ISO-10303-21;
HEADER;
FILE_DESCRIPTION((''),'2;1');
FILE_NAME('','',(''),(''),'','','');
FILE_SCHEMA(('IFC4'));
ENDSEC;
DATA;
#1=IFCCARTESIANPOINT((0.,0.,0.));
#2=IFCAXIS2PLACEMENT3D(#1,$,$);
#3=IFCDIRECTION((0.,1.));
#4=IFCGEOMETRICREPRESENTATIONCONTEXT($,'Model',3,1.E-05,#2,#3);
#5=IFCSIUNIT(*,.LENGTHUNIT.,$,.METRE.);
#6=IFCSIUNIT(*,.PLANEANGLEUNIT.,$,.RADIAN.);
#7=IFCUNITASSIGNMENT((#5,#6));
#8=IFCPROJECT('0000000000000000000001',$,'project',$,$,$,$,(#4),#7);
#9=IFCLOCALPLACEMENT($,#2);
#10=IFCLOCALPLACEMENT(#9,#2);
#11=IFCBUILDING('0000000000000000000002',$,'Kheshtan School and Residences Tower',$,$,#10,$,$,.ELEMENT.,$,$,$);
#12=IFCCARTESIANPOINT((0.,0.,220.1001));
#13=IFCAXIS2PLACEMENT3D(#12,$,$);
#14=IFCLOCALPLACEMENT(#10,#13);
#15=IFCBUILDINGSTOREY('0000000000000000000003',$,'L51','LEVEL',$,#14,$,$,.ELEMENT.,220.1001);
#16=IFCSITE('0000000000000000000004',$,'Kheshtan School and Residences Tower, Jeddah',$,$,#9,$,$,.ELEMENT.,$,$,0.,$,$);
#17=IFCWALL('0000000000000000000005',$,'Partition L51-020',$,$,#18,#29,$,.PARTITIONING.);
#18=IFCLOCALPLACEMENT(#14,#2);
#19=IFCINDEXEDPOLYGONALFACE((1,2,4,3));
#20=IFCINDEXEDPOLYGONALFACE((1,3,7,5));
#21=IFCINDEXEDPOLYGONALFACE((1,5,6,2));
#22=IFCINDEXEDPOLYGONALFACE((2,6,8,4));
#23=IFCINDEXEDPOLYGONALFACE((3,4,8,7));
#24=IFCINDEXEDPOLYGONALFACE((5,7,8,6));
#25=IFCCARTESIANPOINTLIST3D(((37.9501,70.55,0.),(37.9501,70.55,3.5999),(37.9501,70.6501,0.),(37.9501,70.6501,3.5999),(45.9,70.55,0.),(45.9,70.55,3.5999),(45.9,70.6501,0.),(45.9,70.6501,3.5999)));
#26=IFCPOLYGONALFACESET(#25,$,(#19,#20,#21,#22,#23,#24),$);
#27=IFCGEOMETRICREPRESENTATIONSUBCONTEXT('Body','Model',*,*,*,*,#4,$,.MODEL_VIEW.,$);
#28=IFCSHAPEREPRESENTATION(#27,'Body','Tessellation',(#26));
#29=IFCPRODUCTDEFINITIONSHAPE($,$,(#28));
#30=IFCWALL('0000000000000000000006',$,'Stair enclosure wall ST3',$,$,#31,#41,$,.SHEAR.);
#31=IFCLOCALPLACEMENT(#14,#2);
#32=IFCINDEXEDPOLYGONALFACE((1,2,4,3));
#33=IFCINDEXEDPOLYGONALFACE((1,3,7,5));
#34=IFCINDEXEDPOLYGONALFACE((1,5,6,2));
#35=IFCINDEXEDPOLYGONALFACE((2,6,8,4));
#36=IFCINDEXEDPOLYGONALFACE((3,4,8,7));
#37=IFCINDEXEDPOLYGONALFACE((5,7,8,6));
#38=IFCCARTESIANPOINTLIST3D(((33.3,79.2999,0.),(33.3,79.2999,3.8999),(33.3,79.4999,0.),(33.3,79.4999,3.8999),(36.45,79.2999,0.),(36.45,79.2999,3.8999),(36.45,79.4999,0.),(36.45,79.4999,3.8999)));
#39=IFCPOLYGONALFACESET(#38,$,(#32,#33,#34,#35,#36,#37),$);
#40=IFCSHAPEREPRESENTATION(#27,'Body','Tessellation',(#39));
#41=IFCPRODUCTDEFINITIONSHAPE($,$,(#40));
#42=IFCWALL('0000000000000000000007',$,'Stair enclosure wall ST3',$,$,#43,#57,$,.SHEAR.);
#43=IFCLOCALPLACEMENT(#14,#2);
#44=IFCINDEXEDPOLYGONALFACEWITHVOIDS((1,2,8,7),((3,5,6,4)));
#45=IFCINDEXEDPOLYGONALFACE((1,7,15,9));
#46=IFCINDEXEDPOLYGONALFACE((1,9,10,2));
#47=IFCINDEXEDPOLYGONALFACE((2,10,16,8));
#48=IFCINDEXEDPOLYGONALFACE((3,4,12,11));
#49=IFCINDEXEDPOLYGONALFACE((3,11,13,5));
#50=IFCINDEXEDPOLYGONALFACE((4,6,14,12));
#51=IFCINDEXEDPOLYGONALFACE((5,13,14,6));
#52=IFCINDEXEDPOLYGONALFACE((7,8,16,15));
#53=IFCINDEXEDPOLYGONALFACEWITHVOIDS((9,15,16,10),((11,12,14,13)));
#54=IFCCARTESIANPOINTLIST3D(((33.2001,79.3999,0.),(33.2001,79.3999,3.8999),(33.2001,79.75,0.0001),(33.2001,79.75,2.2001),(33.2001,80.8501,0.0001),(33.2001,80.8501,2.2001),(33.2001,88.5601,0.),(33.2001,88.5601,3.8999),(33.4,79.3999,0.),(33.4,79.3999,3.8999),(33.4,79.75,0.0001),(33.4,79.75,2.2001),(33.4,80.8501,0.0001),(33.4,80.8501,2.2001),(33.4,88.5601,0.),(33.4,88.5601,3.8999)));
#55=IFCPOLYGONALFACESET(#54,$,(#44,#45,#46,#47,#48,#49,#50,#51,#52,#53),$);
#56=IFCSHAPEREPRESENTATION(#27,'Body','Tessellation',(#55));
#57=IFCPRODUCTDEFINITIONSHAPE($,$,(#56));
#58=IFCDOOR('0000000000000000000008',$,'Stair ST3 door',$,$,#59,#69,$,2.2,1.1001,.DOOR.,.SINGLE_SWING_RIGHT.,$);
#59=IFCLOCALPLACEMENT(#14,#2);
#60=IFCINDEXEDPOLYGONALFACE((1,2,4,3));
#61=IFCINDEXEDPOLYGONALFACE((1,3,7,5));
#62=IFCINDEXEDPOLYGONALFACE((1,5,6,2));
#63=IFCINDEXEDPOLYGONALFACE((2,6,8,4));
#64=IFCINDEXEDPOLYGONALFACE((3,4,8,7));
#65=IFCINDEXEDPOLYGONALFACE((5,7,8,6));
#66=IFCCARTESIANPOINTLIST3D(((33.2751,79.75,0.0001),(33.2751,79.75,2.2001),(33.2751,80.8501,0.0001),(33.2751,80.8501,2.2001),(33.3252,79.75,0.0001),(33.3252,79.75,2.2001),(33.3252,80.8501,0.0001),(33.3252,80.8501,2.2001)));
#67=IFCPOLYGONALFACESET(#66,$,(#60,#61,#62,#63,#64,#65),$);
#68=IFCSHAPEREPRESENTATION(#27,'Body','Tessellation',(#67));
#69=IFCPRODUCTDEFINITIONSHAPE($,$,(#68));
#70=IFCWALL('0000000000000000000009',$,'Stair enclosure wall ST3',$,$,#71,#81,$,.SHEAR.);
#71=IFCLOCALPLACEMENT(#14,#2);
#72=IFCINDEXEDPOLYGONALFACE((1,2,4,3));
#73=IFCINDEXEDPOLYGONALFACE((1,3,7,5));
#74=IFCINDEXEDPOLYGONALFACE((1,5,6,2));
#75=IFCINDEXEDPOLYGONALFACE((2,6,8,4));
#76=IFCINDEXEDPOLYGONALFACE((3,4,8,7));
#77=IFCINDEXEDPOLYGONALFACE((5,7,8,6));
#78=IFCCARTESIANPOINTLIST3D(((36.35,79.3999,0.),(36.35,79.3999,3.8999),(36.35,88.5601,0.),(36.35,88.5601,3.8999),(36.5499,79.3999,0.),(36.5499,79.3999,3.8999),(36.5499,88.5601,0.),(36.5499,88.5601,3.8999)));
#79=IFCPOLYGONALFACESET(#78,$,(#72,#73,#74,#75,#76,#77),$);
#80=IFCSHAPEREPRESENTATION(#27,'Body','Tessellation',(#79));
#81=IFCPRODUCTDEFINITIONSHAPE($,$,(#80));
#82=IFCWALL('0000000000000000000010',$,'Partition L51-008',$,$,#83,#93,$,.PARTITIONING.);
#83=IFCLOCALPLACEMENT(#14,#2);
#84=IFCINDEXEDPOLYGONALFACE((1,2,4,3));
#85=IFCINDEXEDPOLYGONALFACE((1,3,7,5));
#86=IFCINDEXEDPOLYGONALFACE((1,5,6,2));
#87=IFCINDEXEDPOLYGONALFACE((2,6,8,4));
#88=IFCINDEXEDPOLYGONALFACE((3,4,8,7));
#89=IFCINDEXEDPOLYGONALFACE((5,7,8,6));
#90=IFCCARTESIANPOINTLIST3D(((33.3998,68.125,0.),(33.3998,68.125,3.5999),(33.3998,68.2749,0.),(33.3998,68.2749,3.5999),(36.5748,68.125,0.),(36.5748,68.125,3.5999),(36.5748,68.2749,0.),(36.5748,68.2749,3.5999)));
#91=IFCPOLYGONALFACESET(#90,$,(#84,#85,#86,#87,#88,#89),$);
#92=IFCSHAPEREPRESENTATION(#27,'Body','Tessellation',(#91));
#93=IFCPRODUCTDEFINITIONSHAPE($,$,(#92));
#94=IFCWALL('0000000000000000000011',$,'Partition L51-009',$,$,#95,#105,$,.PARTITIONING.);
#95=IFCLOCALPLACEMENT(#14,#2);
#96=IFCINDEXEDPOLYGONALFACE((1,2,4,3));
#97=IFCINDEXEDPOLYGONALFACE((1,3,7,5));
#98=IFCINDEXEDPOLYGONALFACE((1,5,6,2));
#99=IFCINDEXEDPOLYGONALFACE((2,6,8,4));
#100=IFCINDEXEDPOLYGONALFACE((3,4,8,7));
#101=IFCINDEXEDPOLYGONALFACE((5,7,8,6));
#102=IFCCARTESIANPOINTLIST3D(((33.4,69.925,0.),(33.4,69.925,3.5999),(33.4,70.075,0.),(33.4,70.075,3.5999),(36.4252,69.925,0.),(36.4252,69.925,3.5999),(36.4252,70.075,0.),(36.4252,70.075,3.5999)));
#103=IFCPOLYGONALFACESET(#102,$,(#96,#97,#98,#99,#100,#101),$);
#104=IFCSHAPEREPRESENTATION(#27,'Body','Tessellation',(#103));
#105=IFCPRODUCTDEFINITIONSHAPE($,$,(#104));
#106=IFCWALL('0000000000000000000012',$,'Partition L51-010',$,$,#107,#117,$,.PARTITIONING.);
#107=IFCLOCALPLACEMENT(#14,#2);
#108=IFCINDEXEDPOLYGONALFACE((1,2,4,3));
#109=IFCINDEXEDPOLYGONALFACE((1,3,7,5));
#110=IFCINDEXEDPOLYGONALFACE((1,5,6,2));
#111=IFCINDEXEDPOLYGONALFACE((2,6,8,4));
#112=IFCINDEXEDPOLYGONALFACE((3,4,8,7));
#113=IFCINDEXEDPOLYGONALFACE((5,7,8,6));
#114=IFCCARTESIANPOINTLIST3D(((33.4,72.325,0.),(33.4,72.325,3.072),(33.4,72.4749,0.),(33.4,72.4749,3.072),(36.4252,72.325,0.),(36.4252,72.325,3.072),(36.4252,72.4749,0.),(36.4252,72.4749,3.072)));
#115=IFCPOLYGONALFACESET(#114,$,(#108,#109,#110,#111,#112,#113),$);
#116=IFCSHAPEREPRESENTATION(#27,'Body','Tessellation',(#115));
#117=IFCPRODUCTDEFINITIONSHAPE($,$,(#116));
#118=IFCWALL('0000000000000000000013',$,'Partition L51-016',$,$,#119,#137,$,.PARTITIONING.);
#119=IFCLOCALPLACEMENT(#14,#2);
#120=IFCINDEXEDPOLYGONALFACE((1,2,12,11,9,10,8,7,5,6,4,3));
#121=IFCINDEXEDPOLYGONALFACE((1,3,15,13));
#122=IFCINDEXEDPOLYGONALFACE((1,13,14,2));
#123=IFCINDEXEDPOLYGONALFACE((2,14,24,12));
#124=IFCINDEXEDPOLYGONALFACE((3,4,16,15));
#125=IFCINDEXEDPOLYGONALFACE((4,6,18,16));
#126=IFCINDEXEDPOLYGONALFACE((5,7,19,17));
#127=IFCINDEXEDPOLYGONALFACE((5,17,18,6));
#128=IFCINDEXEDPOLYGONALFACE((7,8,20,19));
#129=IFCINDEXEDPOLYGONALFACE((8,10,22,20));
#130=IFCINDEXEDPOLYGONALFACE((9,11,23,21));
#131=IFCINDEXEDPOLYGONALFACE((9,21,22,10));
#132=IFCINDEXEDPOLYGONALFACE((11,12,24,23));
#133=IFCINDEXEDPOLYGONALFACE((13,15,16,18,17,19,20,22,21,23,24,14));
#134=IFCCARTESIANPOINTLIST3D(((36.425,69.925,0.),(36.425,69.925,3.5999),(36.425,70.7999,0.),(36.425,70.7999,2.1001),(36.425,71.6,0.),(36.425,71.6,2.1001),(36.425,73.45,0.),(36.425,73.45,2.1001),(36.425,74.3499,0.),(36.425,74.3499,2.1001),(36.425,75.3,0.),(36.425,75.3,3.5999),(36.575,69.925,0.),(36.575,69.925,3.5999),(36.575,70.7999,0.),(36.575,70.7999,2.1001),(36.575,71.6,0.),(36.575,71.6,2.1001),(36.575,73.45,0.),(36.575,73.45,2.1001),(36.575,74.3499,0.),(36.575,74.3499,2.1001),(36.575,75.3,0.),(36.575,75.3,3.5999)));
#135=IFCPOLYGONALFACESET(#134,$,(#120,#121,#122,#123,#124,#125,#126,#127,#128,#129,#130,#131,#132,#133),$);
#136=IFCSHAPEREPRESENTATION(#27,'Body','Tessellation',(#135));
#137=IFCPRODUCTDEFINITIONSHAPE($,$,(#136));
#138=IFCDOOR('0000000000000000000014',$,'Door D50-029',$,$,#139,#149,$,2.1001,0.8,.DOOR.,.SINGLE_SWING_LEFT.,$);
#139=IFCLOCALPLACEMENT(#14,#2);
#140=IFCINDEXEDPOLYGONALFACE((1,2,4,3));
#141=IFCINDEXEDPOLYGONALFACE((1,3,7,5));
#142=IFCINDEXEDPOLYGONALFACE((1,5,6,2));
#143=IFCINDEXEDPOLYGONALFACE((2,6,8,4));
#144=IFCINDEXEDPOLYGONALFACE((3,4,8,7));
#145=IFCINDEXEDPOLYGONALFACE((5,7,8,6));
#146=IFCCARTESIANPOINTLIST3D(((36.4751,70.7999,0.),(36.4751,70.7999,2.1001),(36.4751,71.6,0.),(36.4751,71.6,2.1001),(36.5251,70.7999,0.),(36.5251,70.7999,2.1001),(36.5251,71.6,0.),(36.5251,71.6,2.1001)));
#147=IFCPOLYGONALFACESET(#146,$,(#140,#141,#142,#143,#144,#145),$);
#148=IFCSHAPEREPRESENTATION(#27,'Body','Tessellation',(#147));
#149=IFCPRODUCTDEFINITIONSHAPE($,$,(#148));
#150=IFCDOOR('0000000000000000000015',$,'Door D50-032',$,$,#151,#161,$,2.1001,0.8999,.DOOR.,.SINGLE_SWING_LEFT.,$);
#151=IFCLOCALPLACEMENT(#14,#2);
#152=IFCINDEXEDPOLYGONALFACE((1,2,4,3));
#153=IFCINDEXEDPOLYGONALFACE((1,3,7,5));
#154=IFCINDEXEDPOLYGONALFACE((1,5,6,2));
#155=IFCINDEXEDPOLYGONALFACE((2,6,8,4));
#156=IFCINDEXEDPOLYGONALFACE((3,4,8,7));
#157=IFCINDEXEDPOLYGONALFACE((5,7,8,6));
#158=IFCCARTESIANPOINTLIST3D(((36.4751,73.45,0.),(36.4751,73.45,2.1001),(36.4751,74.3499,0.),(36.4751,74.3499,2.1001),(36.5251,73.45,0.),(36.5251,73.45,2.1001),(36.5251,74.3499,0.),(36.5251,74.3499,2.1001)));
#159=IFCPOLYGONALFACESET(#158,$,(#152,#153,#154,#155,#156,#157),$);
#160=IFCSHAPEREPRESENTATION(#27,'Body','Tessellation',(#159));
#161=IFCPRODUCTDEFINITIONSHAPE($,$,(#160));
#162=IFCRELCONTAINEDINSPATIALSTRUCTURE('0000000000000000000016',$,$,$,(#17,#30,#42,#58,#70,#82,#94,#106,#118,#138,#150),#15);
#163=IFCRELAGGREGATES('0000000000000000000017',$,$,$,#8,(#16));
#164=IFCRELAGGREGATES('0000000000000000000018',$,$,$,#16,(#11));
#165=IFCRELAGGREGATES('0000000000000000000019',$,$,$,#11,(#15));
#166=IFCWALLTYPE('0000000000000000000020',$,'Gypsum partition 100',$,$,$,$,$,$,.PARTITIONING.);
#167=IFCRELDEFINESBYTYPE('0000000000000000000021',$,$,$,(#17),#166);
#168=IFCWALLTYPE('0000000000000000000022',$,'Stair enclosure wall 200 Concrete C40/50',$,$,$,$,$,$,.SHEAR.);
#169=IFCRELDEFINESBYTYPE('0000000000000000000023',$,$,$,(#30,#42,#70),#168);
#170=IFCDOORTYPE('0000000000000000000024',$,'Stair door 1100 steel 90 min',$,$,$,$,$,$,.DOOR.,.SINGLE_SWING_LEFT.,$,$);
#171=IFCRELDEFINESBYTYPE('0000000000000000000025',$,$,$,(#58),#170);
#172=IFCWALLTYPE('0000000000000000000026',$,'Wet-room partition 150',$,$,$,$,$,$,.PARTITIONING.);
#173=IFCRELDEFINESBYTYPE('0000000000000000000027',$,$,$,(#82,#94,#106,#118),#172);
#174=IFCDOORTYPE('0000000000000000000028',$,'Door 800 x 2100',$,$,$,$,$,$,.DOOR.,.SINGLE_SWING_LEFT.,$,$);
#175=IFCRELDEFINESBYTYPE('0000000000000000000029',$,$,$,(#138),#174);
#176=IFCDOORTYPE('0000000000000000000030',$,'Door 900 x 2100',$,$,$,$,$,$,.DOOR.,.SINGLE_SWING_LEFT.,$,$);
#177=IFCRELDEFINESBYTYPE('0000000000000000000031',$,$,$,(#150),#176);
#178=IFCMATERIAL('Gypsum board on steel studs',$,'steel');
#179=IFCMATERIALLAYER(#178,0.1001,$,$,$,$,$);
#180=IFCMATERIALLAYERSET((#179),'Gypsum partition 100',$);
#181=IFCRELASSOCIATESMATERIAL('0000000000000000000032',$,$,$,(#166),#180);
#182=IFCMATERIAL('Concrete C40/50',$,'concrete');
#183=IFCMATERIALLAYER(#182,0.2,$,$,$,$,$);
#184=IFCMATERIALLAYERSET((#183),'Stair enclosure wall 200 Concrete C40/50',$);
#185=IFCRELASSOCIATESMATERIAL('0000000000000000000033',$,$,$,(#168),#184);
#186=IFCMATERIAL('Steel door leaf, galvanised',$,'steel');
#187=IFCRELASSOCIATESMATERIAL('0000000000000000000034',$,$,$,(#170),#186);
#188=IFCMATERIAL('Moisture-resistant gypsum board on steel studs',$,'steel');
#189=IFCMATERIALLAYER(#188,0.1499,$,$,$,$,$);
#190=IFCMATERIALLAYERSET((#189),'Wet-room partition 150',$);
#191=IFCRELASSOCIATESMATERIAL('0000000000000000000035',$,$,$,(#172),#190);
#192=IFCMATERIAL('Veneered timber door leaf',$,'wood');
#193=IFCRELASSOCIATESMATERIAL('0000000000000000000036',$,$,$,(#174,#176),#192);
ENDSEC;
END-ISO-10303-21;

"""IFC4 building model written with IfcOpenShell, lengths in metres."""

from ifc_helpers import new_model, si_unit, direction, frame, frame_2d, origin, place, context, subcontext, project, spatial, rectangle, extrude, source, transform, mapped, material, layer, layer_set, type_object, element, fill, save


model = new_model("IFC4")

# Units and contexts
model_context = context("Model", 3, precision=1e-05, world=origin(), true_north=direction((0.0, 1.0)))
body_context = subcontext(model_context, "Body", "Model", "MODEL_VIEW")
ifc_project = project(units=[si_unit("LENGTHUNIT", "METRE"), si_unit("PLANEANGLEUNIT", "RADIAN")], contexts=[model_context])

# Site, building, storey
site_placement = place(None, origin())
site = spatial("IfcSite", under=ifc_project, at=site_placement, Name="Kheshtan School and Residences Tower, Jeddah", CompositionType="ELEMENT", RefElevation=0.0)
building_placement = place(site_placement, origin())
building = spatial("IfcBuilding", under=site, at=building_placement, Name="Kheshtan School and Residences Tower", CompositionType="ELEMENT")
storey_placement = place(building_placement, frame((0.0, 0.0, 220.1001)))
storey = spatial("IfcBuildingStorey", under=building, at=storey_placement, Name="L51", Description="LEVEL", CompositionType="ELEMENT", Elevation=220.1001)

# Walls
ifc_material_1 = material(Name="Gypsum board on steel studs", Category="steel")
ifc_layer_1 = layer(ifc_material_1, 0.1001)
ifc_layer_set_1 = layer_set([ifc_layer_1], Name="Gypsum partition 100")
wall_type_1 = type_object("IfcWallType", Name="Gypsum partition 100", PredefinedType="PARTITIONING", material=ifc_layer_set_1)
wall_1_placement = place(storey_placement, frame((37.95, 70.6001, 0.0), z_axis=(0.0, 0.0, 1.0), x_axis=(1.0, 0.0, 0.0)))
element("IfcWall", 1, at=wall_1_placement, inside=storey, type_object=wall_type_1, Name="Partition L51-020", PredefinedType="PARTITIONING", context=body_context, shape_type="SweptSolid", body=[
    extrude(rectangle(XDim=7.95, YDim=0.1001, at=frame_2d((3.9751, 0.0))), origin(), (0.0, 0.0, 1.0), 3.5999),
])
ifc_material_2 = material(Name="Concrete C40/50", Category="concrete")
ifc_layer_2 = layer(ifc_material_2, 0.2)
ifc_layer_set_2 = layer_set([ifc_layer_2], Name="Stair enclosure wall 200 Concrete C40/50")
wall_type_2 = type_object("IfcWallType", Name="Stair enclosure wall 200 Concrete C40/50", PredefinedType="SHEAR", material=ifc_layer_set_2)
wall_2_placement = place(storey_placement, frame((33.3, 79.3999, 0.0), z_axis=(0.0, 0.0, 1.0), x_axis=(1.0, 0.0, 0.0)))
element("IfcWall", 2, at=wall_2_placement, inside=storey, type_object=wall_type_2, Name="Stair enclosure wall ST3", PredefinedType="SHEAR", context=body_context, shape_type="SweptSolid", body=[
    extrude(rectangle(XDim=3.1499, YDim=0.2, at=frame_2d((1.575, 0.0))), origin(), (0.0, 0.0, 1.0), 3.8999),
])

# Wall, opening, door
wall_3_placement = place(storey_placement, frame((33.3, 79.3999, 0.0), z_axis=(0.0, 0.0, 1.0), x_axis=(0.0, 1.0, 0.0)))
wall_3 = element("IfcWall", 3, at=wall_3_placement, inside=storey, type_object=wall_type_2, Name="Stair enclosure wall ST3", PredefinedType="SHEAR", context=body_context, shape_type="SweptSolid", body=[
    extrude(rectangle(XDim=9.1602, YDim=0.2, at=frame_2d((4.5801, 0.0))), origin(), (0.0, 0.0, 1.0), 3.8999),
])
opening_1_placement = place(wall_3_placement, frame((0.3501, 0.0, 0.0)))
opening_1 = element("IfcOpeningElement", 4, at=opening_1_placement, cuts=wall_3, PredefinedType="OPENING", context=body_context, shape_type="SweptSolid", body=[
    extrude(rectangle(XDim=1.1001, YDim=2.2, at=frame_2d((0.55, 1.1001))), frame((0.0, 0.1099, 0.0), z_axis=(0.0, -1.0, 0.0), x_axis=(1.0, 0.0, 0.0)), (0.0, 0.0, 1.0), 0.22),
])
ifc_material_3 = material(Name="Steel door leaf, galvanised", Category="steel")
door_type_1 = type_object("IfcDoorType", Name="Stair door 1100 steel 90 min", OperationType="SINGLE_SWING_LEFT", PredefinedType="DOOR", material=ifc_material_3)
shared_shape_1 = source(origin(), body_context, "Body", "SweptSolid", [
    extrude(rectangle(XDim=1.1001, YDim=2.2, at=frame_2d((0.55, 1.1001))), frame((0.0, 0.0249, 0.0), z_axis=(0.0, -1.0, 0.0), x_axis=(1.0, 0.0, 0.0)), (0.0, 0.0, 1.0), 0.05),
])
door_1_placement = place(opening_1_placement, origin())
door_1 = element("IfcDoor", 5, at=door_1_placement, inside=storey, type_object=door_type_1, Name="Stair ST3 door", OperationType="SINGLE_SWING_RIGHT", OverallHeight=2.2, OverallWidth=1.1001, PredefinedType="DOOR", context=body_context, shape_type="MappedRepresentation", body=[
    mapped(shared_shape_1, transform((0.0, 0.0, 0.0), x_axis=(1.0, 0.0, 0.0), y_axis=(0.0, 1.0, 0.0), z_axis=(0.0, 0.0, 1.0), scale=1.0)),
])
fill(opening_1, door_1)

# Walls
wall_4_placement = place(storey_placement, frame((36.45, 79.3999, 0.0), z_axis=(0.0, 0.0, 1.0), x_axis=(0.0, 1.0, 0.0)))
element("IfcWall", 6, at=wall_4_placement, inside=storey, type_object=wall_type_2, Name="Stair enclosure wall ST3", PredefinedType="SHEAR", context=body_context, shape_type="SweptSolid", body=[
    extrude(rectangle(XDim=9.1602, YDim=0.2, at=frame_2d((4.5801, 0.0))), origin(), (0.0, 0.0, 1.0), 3.8999),
])
ifc_material_4 = material(Name="Moisture-resistant gypsum board on steel studs", Category="steel")
ifc_layer_3 = layer(ifc_material_4, 0.1499)
ifc_layer_set_3 = layer_set([ifc_layer_3], Name="Wet-room partition 150")
wall_type_3 = type_object("IfcWallType", Name="Wet-room partition 150", PredefinedType="PARTITIONING", material=ifc_layer_set_3)
wall_5_placement = place(storey_placement, frame((33.3999, 68.2, 0.0), z_axis=(0.0, 0.0, 1.0), x_axis=(1.0, 0.0, 0.0)))
element("IfcWall", 7, at=wall_5_placement, inside=storey, type_object=wall_type_3, Name="Partition L51-008", PredefinedType="PARTITIONING", context=body_context, shape_type="SweptSolid", body=[
    extrude(rectangle(XDim=3.175, YDim=0.1499, at=frame_2d((1.5874, 0.0))), origin(), (0.0, 0.0, 1.0), 3.5999),
])
wall_6_placement = place(storey_placement, frame((33.3999, 70.0, 0.0), z_axis=(0.0, 0.0, 1.0), x_axis=(1.0, 0.0, 0.0)))
element("IfcWall", 8, at=wall_6_placement, inside=storey, type_object=wall_type_3, Name="Partition L51-009", PredefinedType="PARTITIONING", context=body_context, shape_type="SweptSolid", body=[
    extrude(rectangle(XDim=3.0251, YDim=0.1499, at=frame_2d((1.5127, 0.0))), origin(), (0.0, 0.0, 1.0), 3.5999),
])
wall_7_placement = place(storey_placement, frame((33.3999, 72.3999, 0.0), z_axis=(0.0, 0.0, 1.0), x_axis=(1.0, 0.0, 0.0)))
element("IfcWall", 9, at=wall_7_placement, inside=storey, type_object=wall_type_3, Name="Partition L51-010", PredefinedType="PARTITIONING", context=body_context, shape_type="SweptSolid", body=[
    extrude(rectangle(XDim=3.0251, YDim=0.1499, at=frame_2d((1.5127, 0.0))), origin(), (0.0, 0.0, 1.0), 3.072),
])

# Wall, openings, doors
wall_8_placement = place(storey_placement, frame((36.5, 69.925, 0.0), z_axis=(0.0, 0.0, 1.0), x_axis=(0.0, 1.0, 0.0)))
wall_8 = element("IfcWall", 10, at=wall_8_placement, inside=storey, type_object=wall_type_3, Name="Partition L51-016", PredefinedType="PARTITIONING", context=body_context, shape_type="SweptSolid", body=[
    extrude(rectangle(XDim=5.375, YDim=0.1499, at=frame_2d((2.6875, 0.0))), origin(), (0.0, 0.0, 1.0), 3.5999),
])
opening_2_placement = place(wall_8_placement, frame((0.875, 0.0, 0.0)))
opening_2 = element("IfcOpeningElement", 11, at=opening_2_placement, cuts=wall_8, PredefinedType="OPENING", context=body_context, shape_type="SweptSolid", body=[
    extrude(rectangle(XDim=0.8, YDim=2.1001, at=frame_2d((0.3999, 1.05))), frame((0.0, 0.085, 0.0), z_axis=(0.0, -1.0, 0.0), x_axis=(1.0, 0.0, 0.0)), (0.0, 0.0, 1.0), 0.1699),
])
opening_3_placement = place(wall_8_placement, frame((3.5249, 0.0, 0.0)))
opening_3 = element("IfcOpeningElement", 12, at=opening_3_placement, cuts=wall_8, PredefinedType="OPENING", context=body_context, shape_type="SweptSolid", body=[
    extrude(rectangle(XDim=0.8999, YDim=2.1001, at=frame_2d((0.45, 1.05))), frame((0.0, 0.085, 0.0), z_axis=(0.0, -1.0, 0.0), x_axis=(1.0, 0.0, 0.0)), (0.0, 0.0, 1.0), 0.1699),
])
ifc_material_5 = material(Name="Veneered timber door leaf", Category="wood")
door_type_2 = type_object("IfcDoorType", Name="Door 800 x 2100", OperationType="SINGLE_SWING_LEFT", PredefinedType="DOOR", material=ifc_material_5)
shared_shape_2 = source(origin(), body_context, "Body", "SweptSolid", [
    extrude(rectangle(XDim=0.8, YDim=2.1001, at=frame_2d((0.3999, 1.05))), frame((0.0, 0.0249, 0.0), z_axis=(0.0, -1.0, 0.0), x_axis=(1.0, 0.0, 0.0)), (0.0, 0.0, 1.0), 0.05),
])
door_2_placement = place(opening_2_placement, origin())
door_2 = element("IfcDoor", 13, at=door_2_placement, inside=storey, type_object=door_type_2, Name="Door D50-029", OperationType="SINGLE_SWING_LEFT", OverallHeight=2.1001, OverallWidth=0.8, PredefinedType="DOOR", context=body_context, shape_type="MappedRepresentation", body=[
    mapped(shared_shape_2, transform((0.0, 0.0, 0.0), x_axis=(1.0, 0.0, 0.0), y_axis=(0.0, 1.0, 0.0), z_axis=(0.0, 0.0, 1.0), scale=1.0)),
])
fill(opening_2, door_2)
door_type_3 = type_object("IfcDoorType", Name="Door 900 x 2100", OperationType="SINGLE_SWING_LEFT", PredefinedType="DOOR", material=ifc_material_5)
shared_shape_3 = source(origin(), body_context, "Body", "SweptSolid", [
    extrude(rectangle(XDim=0.8999, YDim=2.1001, at=frame_2d((0.45, 1.05))), frame((0.0, 0.0249, 0.0), z_axis=(0.0, -1.0, 0.0), x_axis=(1.0, 0.0, 0.0)), (0.0, 0.0, 1.0), 0.05),
])
door_3_placement = place(opening_3_placement, origin())
door_3 = element("IfcDoor", 14, at=door_3_placement, inside=storey, type_object=door_type_3, Name="Door D50-032", OperationType="SINGLE_SWING_LEFT", OverallHeight=2.1001, OverallWidth=0.8999, PredefinedType="DOOR", context=body_context, shape_type="MappedRepresentation", body=[
    mapped(shared_shape_3, transform((0.0, 0.0, 0.0), x_axis=(1.0, 0.0, 0.0), y_axis=(0.0, 1.0, 0.0), z_axis=(0.0, 0.0, 1.0), scale=1.0)),
])
fill(opening_3, door_3)

save(model, "model.ifc")
